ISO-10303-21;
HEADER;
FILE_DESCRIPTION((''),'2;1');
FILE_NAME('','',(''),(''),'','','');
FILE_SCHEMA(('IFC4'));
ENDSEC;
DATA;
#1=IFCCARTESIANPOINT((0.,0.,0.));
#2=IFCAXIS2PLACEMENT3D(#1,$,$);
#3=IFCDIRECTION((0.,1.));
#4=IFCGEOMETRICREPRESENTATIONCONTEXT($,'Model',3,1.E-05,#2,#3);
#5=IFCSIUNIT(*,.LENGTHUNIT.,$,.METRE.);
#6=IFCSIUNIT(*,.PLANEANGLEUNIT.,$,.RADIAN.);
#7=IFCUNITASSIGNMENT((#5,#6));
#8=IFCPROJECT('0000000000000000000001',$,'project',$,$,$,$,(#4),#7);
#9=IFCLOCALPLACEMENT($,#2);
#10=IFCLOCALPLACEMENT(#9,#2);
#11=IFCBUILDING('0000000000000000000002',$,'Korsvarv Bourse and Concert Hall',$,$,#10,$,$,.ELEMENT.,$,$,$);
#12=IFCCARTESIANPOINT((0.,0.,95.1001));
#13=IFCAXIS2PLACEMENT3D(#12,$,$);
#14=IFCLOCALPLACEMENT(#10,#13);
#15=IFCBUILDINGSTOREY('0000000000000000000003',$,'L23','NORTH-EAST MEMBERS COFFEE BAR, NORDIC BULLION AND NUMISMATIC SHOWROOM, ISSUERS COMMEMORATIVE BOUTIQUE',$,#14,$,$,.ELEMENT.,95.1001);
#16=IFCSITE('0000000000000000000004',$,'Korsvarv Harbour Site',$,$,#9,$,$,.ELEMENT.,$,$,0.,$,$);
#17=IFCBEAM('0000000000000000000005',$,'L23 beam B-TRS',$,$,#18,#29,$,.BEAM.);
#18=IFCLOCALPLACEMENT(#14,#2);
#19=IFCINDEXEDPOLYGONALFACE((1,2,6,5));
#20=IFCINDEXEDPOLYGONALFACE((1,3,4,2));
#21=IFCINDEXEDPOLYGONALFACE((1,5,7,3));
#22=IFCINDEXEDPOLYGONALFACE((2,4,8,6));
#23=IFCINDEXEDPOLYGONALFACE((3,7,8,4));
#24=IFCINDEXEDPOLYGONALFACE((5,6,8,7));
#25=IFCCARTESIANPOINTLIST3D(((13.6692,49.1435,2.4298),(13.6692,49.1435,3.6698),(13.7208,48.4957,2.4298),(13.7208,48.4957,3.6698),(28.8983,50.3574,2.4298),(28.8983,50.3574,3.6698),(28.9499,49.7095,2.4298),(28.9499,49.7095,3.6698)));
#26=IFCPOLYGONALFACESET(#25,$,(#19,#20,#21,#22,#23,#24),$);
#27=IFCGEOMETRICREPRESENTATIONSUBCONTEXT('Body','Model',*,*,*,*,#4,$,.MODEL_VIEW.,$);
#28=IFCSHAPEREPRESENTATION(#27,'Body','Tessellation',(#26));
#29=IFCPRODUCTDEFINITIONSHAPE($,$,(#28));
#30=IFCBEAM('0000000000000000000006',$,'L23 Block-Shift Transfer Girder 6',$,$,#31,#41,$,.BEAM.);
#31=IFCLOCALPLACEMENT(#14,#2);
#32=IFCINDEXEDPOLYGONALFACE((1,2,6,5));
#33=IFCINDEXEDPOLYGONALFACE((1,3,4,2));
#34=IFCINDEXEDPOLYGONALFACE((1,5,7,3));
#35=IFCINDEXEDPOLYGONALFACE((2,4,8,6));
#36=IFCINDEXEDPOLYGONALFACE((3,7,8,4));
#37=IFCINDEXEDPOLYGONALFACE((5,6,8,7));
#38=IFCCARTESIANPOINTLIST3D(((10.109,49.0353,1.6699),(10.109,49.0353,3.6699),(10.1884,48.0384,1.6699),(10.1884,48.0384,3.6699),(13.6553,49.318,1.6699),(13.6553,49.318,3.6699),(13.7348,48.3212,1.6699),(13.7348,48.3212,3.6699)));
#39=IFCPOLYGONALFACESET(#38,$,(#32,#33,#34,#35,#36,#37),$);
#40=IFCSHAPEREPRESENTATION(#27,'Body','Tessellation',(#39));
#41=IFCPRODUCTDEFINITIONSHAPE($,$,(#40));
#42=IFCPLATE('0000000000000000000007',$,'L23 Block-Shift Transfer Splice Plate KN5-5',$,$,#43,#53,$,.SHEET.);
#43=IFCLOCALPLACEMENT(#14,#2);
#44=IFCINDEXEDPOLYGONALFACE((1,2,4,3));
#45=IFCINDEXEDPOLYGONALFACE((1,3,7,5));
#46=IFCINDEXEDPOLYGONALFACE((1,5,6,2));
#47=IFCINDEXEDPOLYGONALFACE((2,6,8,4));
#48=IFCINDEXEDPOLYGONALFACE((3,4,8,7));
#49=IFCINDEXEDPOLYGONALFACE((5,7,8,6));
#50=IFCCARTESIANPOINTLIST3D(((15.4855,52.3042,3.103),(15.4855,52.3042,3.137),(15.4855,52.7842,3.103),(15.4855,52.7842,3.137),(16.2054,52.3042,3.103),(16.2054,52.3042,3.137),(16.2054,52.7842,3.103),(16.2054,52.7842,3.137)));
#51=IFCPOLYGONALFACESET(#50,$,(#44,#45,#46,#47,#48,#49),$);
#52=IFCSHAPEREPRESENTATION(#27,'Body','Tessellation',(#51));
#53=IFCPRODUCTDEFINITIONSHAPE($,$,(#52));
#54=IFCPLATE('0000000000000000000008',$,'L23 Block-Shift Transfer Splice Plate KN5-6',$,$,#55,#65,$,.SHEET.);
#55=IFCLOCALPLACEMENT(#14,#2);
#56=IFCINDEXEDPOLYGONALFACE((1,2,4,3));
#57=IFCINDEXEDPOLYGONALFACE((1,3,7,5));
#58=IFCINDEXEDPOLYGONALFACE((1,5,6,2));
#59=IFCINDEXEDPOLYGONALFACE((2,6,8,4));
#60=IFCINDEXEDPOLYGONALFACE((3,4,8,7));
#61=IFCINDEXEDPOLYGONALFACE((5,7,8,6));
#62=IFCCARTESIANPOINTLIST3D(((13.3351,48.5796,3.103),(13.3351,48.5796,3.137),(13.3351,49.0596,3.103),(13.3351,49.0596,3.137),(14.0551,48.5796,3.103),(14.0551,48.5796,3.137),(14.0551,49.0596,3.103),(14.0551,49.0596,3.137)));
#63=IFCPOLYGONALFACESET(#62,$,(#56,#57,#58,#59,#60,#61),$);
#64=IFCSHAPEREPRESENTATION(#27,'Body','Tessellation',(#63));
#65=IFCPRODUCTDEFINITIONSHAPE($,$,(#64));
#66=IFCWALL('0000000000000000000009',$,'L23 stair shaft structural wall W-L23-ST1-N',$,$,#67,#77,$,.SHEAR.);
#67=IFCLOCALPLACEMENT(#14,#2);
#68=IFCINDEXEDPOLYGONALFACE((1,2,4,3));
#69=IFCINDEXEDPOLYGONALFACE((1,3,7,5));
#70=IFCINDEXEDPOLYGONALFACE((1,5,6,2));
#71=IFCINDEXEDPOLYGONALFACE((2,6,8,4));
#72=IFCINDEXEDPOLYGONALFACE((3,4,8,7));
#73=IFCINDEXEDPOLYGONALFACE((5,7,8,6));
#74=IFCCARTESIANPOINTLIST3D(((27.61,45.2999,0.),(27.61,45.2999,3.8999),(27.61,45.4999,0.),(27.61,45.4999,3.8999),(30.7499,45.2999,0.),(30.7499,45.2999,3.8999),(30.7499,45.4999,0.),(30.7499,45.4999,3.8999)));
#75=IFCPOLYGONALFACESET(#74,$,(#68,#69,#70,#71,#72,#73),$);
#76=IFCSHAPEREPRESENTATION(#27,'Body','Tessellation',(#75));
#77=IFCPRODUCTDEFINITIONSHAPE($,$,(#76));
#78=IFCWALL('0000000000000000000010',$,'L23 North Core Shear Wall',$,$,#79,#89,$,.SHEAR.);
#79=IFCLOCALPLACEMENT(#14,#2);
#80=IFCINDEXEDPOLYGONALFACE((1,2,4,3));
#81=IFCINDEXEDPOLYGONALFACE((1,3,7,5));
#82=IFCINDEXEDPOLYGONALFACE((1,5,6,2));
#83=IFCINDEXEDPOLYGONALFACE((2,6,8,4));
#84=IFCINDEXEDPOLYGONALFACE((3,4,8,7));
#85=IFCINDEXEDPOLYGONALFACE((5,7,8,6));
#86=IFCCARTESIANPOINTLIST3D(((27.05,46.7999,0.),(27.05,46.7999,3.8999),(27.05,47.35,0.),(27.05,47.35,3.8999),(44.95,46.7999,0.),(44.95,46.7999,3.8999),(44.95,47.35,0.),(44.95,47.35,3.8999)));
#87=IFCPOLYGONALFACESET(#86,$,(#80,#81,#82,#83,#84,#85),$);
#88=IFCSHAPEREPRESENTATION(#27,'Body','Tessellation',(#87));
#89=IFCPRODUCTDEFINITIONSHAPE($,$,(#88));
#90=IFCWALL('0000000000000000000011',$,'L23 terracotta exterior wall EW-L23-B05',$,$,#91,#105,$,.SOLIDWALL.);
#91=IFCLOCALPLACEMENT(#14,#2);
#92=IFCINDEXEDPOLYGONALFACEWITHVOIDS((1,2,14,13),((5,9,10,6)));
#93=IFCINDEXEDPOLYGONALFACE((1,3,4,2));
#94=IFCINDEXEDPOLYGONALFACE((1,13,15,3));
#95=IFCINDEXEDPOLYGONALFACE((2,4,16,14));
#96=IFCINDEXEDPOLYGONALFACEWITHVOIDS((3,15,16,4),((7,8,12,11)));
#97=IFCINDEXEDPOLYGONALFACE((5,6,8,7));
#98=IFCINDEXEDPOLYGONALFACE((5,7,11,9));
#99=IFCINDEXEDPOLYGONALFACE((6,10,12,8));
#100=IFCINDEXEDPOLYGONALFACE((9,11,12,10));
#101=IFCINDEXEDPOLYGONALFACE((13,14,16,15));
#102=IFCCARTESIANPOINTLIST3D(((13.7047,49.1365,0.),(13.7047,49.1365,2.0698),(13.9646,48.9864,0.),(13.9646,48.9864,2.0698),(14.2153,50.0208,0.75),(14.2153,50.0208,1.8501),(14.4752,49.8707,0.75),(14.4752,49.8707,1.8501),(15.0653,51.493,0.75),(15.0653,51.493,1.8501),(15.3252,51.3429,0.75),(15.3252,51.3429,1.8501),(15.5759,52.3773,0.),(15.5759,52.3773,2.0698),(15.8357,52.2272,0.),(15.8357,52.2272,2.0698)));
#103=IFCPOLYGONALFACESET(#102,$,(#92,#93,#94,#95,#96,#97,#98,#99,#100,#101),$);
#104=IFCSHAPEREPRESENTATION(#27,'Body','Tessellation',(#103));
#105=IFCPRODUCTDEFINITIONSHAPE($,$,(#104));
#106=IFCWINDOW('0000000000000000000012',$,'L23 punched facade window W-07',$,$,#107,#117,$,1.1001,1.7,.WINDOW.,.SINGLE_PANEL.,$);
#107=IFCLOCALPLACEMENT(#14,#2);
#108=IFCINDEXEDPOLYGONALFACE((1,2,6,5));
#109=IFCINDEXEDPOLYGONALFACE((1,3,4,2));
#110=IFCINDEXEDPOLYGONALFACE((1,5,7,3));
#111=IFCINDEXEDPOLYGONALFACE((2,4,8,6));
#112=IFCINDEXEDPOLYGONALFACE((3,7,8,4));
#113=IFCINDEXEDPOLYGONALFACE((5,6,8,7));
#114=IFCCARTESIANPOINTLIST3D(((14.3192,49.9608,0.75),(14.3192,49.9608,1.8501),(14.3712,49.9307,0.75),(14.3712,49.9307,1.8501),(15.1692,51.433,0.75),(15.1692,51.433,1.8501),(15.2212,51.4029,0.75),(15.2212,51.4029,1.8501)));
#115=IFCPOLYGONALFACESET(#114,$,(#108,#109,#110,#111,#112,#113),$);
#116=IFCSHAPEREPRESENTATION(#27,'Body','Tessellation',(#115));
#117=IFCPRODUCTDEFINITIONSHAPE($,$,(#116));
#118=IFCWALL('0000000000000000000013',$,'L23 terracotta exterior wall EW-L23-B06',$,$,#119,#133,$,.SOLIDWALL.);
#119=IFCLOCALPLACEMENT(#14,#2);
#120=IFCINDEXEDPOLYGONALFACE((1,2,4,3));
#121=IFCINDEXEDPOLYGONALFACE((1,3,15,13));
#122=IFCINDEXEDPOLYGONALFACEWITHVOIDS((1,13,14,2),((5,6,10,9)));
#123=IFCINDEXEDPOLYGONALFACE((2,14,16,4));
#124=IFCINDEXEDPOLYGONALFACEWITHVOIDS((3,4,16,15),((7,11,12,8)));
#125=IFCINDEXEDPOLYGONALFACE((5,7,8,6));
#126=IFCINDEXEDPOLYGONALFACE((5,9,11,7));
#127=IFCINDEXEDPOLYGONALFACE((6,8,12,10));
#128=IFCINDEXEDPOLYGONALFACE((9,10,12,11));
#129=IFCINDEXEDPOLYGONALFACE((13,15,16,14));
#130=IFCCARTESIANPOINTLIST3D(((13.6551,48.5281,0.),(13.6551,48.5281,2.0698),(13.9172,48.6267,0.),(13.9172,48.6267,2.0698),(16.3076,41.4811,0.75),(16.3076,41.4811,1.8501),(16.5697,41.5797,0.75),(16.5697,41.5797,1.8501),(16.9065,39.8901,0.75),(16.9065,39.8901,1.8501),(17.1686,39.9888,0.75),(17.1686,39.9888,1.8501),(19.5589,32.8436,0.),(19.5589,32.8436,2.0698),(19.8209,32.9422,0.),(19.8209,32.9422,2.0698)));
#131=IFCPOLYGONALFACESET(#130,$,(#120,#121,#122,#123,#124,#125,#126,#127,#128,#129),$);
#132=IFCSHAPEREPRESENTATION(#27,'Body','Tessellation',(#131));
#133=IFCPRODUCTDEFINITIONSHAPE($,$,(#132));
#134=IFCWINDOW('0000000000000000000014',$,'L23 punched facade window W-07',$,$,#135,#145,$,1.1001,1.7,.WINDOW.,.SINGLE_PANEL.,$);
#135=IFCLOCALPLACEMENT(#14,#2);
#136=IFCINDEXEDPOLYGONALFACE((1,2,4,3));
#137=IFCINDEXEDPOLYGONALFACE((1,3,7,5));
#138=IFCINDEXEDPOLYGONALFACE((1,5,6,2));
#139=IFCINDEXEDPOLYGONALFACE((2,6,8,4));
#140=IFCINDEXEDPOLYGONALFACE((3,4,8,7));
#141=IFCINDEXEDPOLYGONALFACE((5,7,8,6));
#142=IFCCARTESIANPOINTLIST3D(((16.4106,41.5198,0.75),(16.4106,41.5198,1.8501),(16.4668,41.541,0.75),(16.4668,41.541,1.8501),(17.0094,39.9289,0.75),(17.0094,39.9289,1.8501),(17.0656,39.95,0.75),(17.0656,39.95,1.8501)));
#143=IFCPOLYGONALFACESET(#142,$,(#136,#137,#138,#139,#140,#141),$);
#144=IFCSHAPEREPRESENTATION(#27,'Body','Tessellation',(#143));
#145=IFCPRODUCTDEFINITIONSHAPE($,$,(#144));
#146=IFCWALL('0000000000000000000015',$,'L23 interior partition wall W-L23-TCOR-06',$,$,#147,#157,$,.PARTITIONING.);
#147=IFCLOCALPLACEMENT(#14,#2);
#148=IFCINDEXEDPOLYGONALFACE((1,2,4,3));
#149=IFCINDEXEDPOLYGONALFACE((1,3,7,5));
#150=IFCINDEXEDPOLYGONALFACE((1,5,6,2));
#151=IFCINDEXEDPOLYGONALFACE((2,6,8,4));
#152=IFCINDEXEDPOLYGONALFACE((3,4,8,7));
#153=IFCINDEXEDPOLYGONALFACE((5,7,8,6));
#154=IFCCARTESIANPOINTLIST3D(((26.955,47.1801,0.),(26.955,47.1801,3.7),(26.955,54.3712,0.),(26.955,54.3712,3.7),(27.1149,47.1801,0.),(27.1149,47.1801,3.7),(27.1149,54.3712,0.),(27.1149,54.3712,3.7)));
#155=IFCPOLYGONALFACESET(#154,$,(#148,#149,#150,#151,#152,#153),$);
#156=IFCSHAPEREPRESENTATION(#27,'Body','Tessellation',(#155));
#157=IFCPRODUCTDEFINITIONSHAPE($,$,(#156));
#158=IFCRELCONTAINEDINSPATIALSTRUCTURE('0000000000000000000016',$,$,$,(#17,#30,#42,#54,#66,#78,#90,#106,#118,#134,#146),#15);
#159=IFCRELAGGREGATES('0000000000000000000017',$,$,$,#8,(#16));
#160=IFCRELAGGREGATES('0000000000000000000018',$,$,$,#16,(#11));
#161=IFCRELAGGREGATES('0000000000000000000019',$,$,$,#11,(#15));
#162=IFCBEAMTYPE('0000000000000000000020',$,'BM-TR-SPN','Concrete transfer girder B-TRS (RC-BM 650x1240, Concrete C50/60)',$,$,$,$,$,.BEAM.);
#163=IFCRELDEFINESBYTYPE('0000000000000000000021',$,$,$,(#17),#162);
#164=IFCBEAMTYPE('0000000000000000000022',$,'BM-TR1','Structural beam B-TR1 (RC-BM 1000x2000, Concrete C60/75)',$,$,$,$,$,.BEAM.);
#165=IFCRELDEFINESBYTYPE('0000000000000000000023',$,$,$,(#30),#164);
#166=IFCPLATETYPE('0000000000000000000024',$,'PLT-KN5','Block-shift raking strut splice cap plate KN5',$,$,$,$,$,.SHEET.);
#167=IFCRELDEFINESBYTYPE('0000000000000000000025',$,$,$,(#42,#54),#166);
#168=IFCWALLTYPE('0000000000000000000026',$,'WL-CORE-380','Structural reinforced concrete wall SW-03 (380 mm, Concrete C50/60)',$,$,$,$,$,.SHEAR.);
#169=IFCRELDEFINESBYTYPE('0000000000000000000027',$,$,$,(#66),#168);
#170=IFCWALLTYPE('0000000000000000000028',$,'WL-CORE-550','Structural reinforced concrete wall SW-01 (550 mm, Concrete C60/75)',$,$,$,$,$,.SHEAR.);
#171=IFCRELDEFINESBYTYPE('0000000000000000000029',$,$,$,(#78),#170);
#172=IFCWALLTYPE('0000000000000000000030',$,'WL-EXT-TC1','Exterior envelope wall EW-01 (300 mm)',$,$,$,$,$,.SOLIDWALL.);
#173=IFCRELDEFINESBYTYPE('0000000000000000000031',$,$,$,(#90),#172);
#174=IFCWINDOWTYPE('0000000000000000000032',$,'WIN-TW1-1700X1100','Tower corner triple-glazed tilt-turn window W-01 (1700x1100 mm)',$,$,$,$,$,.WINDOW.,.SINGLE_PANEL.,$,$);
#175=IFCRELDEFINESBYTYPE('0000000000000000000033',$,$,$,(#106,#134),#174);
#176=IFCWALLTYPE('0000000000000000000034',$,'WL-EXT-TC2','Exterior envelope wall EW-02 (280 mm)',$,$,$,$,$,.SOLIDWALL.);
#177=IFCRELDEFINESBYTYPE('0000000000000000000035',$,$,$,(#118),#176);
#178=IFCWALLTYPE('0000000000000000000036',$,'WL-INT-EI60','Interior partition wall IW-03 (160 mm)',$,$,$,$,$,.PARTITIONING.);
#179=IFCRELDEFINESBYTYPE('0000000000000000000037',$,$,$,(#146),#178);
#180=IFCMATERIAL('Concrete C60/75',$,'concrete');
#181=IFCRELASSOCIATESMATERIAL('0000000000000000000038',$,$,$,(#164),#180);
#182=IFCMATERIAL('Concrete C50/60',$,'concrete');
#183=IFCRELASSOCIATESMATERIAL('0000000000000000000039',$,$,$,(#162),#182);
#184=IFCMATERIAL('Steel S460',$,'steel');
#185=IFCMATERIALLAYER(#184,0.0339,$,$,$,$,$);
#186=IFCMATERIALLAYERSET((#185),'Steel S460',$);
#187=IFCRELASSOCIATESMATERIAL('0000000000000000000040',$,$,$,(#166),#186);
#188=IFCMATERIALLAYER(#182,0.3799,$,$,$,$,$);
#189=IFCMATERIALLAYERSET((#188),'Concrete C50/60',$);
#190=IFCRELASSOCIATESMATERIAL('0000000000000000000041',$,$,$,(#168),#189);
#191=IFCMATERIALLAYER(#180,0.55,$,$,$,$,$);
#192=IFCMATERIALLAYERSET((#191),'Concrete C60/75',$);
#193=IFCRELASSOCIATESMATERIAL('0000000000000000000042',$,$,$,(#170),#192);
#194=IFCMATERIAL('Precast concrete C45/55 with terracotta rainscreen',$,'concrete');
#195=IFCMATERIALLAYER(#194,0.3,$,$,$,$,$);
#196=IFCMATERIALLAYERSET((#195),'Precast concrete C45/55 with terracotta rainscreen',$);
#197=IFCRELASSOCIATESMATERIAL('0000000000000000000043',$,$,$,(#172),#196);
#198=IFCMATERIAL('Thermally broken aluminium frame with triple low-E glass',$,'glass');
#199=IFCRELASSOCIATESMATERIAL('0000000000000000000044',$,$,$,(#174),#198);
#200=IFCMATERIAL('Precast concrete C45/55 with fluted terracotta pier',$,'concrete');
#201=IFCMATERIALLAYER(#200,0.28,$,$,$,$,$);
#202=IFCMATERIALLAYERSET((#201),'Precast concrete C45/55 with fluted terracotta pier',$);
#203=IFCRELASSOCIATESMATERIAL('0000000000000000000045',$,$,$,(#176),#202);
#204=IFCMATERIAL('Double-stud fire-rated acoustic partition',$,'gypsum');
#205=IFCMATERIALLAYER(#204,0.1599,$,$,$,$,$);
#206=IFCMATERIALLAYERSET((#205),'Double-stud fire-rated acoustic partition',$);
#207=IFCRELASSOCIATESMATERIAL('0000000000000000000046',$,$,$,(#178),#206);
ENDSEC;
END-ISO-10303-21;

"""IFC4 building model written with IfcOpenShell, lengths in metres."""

from ifc_helpers import new_model, si_unit, direction, frame, frame_2d, origin, origin_2d, place, context, subcontext, project, spatial, rectangle, extrude, source, transform, mapped, material, layer, layer_set, material_profile, profile_set, type_object, element, fill, save


model = new_model("IFC4")

# Units and contexts
model_context = context("Model", 3, precision=1e-05, world=origin(), true_north=direction((0.0, 1.0)))
body_context = subcontext(model_context, "Body", "Model", "MODEL_VIEW")
ifc_project = project(units=[si_unit("LENGTHUNIT", "METRE"), si_unit("PLANEANGLEUNIT", "RADIAN")], contexts=[model_context])

# Site, building, storey
site_placement = place(None, origin())
site = spatial("IfcSite", under=ifc_project, at=site_placement, Name="Korsvarv Harbour Site", CompositionType="ELEMENT", RefElevation=0.0)
building_placement = place(site_placement, origin())
building = spatial("IfcBuilding", under=site, at=building_placement, Name="Korsvarv Bourse and Concert Hall", CompositionType="ELEMENT")
storey_placement = place(building_placement, frame((0.0, 0.0, 95.1001)))
storey = spatial("IfcBuildingStorey", under=building, at=storey_placement, Name="L23", Description="NORTH-EAST MEMBERS COFFEE BAR, NORDIC BULLION AND NUMISMATIC SHOWROOM, ISSUERS COMMEMORATIVE BOUTIQUE", CompositionType="ELEMENT", Elevation=95.1001)

# Shared definitions
ifc_material_1 = material(Name="Concrete C60/75", Category="concrete")
ifc_material_2 = material(Name="Steel S460", Category="steel")

# Beams
ifc_material_3 = material(Name="Concrete C50/60", Category="concrete")
ifc_material_profile_1 = material_profile(ifc_material_1, rectangle(XDim=1.0, YDim=2.0, at=origin_2d()), Name="RC-BM 1000x2000")
ifc_profile_set_1 = profile_set([ifc_material_profile_1], Name="Concrete C60/75")
beam_type_1 = type_object("IfcBeamType", Name="BM-TR1", Description="Structural beam B-TR1 (RC-BM 1000x2000, Concrete C60/75)", PredefinedType="BEAM", material=ifc_profile_set_1)
ifc_material_profile_2 = material_profile(ifc_material_3, rectangle(XDim=0.6499, YDim=1.24, at=origin_2d()), Name="RC-BM 650x1240")
ifc_profile_set_2 = profile_set([ifc_material_profile_2], Name="Concrete C50/60")
beam_type_2 = type_object("IfcBeamType", Name="BM-TR-SPN", Description="Concrete transfer girder B-TRS (RC-BM 650x1240, Concrete C50/60)", PredefinedType="BEAM", material=ifc_profile_set_2)
shared_shape_1 = source(origin(), body_context, "Body", "SweptSolid", [
    extrude(rectangle(XDim=0.6499, YDim=1.24, at=origin_2d()), origin(), (0.0, 0.0, 1.0), 15.2773),
])
beam_1_placement = place(storey_placement, frame((28.9241, 50.0334, 3.0498), z_axis=(-0.996838, -0.079456, 0.0), x_axis=(0.079456, -0.996838, 0.0)))
element("IfcBeam", 1, at=beam_1_placement, inside=storey, type_object=beam_type_2, Name="L23 beam B-TRS", PredefinedType="BEAM", context=body_context, shape_type="MappedRepresentation", body=[
    mapped(shared_shape_1, transform((0.0, 0.0, 0.0), scale=1.0)),
])
shared_shape_2 = source(origin(), body_context, "Body", "SweptSolid", [
    extrude(rectangle(XDim=1.0, YDim=2.0, at=origin_2d()), origin(), (0.0, 0.0, 1.0), 3.5576),
])
beam_2_placement = place(storey_placement, frame((13.6951, 48.8196, 2.6699), z_axis=(-0.996837, -0.079467, 0.0), x_axis=(0.079467, -0.996837, 0.0)))
element("IfcBeam", 2, at=beam_2_placement, inside=storey, type_object=beam_type_1, Name="L23 Block-Shift Transfer Girder 6", PredefinedType="BEAM", context=body_context, shape_type="MappedRepresentation", body=[
    mapped(shared_shape_2, transform((0.0, 0.0, 0.0), scale=1.0)),
])

# Plates
ifc_layer_1 = layer(ifc_material_2, 0.0339)
ifc_layer_set_1 = layer_set([ifc_layer_1], Name="Steel S460")
plate_type = type_object("IfcPlateType", Name="PLT-KN5", Description="Block-shift raking strut splice cap plate KN5", PredefinedType="SHEET", material=ifc_layer_set_1)
shared_shape_3 = source(origin(), body_context, "Body", "SweptSolid", [
    extrude(rectangle(XDim=0.72, YDim=0.48, at=origin_2d()), origin(), (0.0, 0.0, 1.0), 0.0339),
])
for number, where, z_axis, x_axis, name in (
    (3, (15.8455, 52.5442, 3.103), (0.0, 0.0, 1.0), (1.0, 0.0, 0.0), "L23 Block-Shift Transfer Splice Plate KN5-5"),
    (4, (13.6951, 48.8196, 3.103), (0.0, 0.0, 1.0), (1.0, 0.0, 0.0), "L23 Block-Shift Transfer Splice Plate KN5-6"),
):
    element("IfcPlate", number, at=place(storey_placement, frame(where, z_axis=z_axis, x_axis=x_axis)), inside=storey, type_object=plate_type, Name=name, PredefinedType="SHEET", context=body_context, shape_type="MappedRepresentation", body=[
        mapped(shared_shape_3, transform((0.0, 0.0, 0.0), scale=1.0)),
    ])

# Walls
ifc_layer_2 = layer(ifc_material_3, 0.3799)
ifc_layer_set_2 = layer_set([ifc_layer_2], Name="Concrete C50/60")
wall_type_1 = type_object("IfcWallType", Name="WL-CORE-380", Description="Structural reinforced concrete wall SW-03 (380 mm, Concrete C50/60)", PredefinedType="SHEAR", material=ifc_layer_set_2)
wall_1_placement = place(storey_placement, frame((27.6101, 45.3999, 0.0), z_axis=(0.0, 0.0, 1.0), x_axis=(1.0, 0.0, 0.0)))
element("IfcWall", 5, at=wall_1_placement, inside=storey, type_object=wall_type_1, Name="L23 stair shaft structural wall W-L23-ST1-N", PredefinedType="SHEAR", context=body_context, shape_type="SweptSolid", body=[
    extrude(rectangle(XDim=3.1399, YDim=0.2, at=frame_2d((1.5698, 0.0))), origin(), (0.0, 0.0, 1.0), 3.8999),
])
ifc_layer_3 = layer(ifc_material_1, 0.55)
ifc_layer_set_3 = layer_set([ifc_layer_3], Name="Concrete C60/75")
wall_type_2 = type_object("IfcWallType", Name="WL-CORE-550", Description="Structural reinforced concrete wall SW-01 (550 mm, Concrete C60/75)", PredefinedType="SHEAR", material=ifc_layer_set_3)
wall_2_placement = place(storey_placement, frame((27.05, 47.075, 0.0), z_axis=(0.0, 0.0, 1.0), x_axis=(1.0, 0.0, 0.0)))
element("IfcWall", 6, at=wall_2_placement, inside=storey, type_object=wall_type_2, Name="L23 North Core Shear Wall", PredefinedType="SHEAR", context=body_context, shape_type="SweptSolid", body=[
    extrude(rectangle(XDim=17.8999, YDim=0.55, at=frame_2d((8.95, 0.0))), origin(), (0.0, 0.0, 1.0), 3.8999),
])

# Walls, openings, windows
ifc_material_4 = material(Name="Precast concrete C45/55 with terracotta rainscreen", Category="concrete")
ifc_layer_4 = layer(ifc_material_4, 0.3)
ifc_layer_set_4 = layer_set([ifc_layer_4], Name="Precast concrete C45/55 with terracotta rainscreen")
wall_type_3 = type_object("IfcWallType", Name="WL-EXT-TC1", Description="Exterior envelope wall EW-01 (300 mm)", PredefinedType="SOLIDWALL", material=ifc_layer_set_4)
wall_3_placement = place(storey_placement, frame((15.7058, 52.3022, 0.0), z_axis=(0.0, 0.0, 1.0), x_axis=(-0.500012, -0.866018, 0.0)))
wall_3 = element("IfcWall", 7, at=wall_3_placement, inside=storey, type_object=wall_type_3, Name="L23 terracotta exterior wall EW-L23-B05", PredefinedType="SOLIDWALL", context=body_context, shape_type="SweptSolid", body=[
    extrude(rectangle(XDim=3.7422, YDim=0.3, at=frame_2d((1.8711, 0.0))), origin(), (0.0, 0.0, 1.0), 2.0698),
])
opening_1_placement = place(wall_3_placement, frame((1.021, 0.0, 0.75)))
opening_1 = element("IfcOpeningElement", 8, at=opening_1_placement, cuts=wall_3, PredefinedType="OPENING", context=body_context, shape_type="SweptSolid", body=[
    extrude(rectangle(XDim=1.7, YDim=1.1001, at=frame_2d((0.8501, 0.55))), frame((0.0, 0.1602, 0.0), z_axis=(0.0, -1.0, 0.0), x_axis=(1.0, 0.0, 0.0)), (0.0, 0.0, 1.0), 0.3201),
])
ifc_material_5 = material(Name="Thermally broken aluminium frame with triple low-E glass", Category="glass")
window_type = type_object("IfcWindowType", Name="WIN-TW1-1700X1100", Description="Tower corner triple-glazed tilt-turn window W-01 (1700x1100 mm)", PartitioningType="SINGLE_PANEL", PredefinedType="WINDOW", material=ifc_material_5)
window_1_placement = place(opening_1_placement, origin())
window_1 = element("IfcWindow", 9, at=window_1_placement, inside=storey, type_object=window_type, Name="L23 punched facade window W-07", OverallHeight=1.1001, OverallWidth=1.7, PartitioningType="SINGLE_PANEL", PredefinedType="WINDOW", context=body_context, shape_type="SweptSolid", body=[
    extrude(rectangle(XDim=1.7, YDim=1.1001, at=frame_2d((0.8501, 0.55))), frame((0.0, 0.03, 0.0), z_axis=(0.0, -1.0, 0.0), x_axis=(1.0, 0.0, 0.0)), (0.0, 0.0, 1.0), 0.0601),
])
fill(opening_1, window_1)
ifc_material_6 = material(Name="Precast concrete C45/55 with fluted terracotta pier", Category="concrete")
ifc_layer_5 = layer(ifc_material_6, 0.28)
ifc_layer_set_5 = layer_set([ifc_layer_5], Name="Precast concrete C45/55 with fluted terracotta pier")
wall_type_4 = type_object("IfcWallType", Name="WL-EXT-TC2", Description="Exterior envelope wall EW-02 (280 mm)", PredefinedType="SOLIDWALL", material=ifc_layer_set_5)
wall_4_placement = place(storey_placement, frame((13.7861, 48.5774, 0.0), z_axis=(0.0, 0.0, 1.0), x_axis=(0.352279, -0.935895, 0.0)))
wall_4 = element("IfcWall", 10, at=wall_4_placement, inside=storey, type_object=wall_type_4, Name="L23 terracotta exterior wall EW-L23-B06", PredefinedType="SOLIDWALL", context=body_context, shape_type="SweptSolid", body=[
    extrude(rectangle(XDim=16.7588, YDim=0.28, at=frame_2d((8.3794, 0.0))), origin(), (0.0, 0.0, 1.0), 2.0698),
])
opening_2_placement = place(wall_4_placement, frame((7.5295, 0.0, 0.75)))
opening_2 = element("IfcOpeningElement", 11, at=opening_2_placement, cuts=wall_4, PredefinedType="OPENING", context=body_context, shape_type="SweptSolid", body=[
    extrude(rectangle(XDim=1.7, YDim=1.1001, at=frame_2d((0.8501, 0.55))), frame((0.0, 0.1499, 0.0), z_axis=(0.0, -1.0, 0.0), x_axis=(1.0, 0.0, 0.0)), (0.0, 0.0, 1.0), 0.3),
])
window_2_placement = place(opening_2_placement, origin())
window_2 = element("IfcWindow", 12, at=window_2_placement, inside=storey, type_object=window_type, Name="L23 punched facade window W-07", OverallHeight=1.1001, OverallWidth=1.7, PartitioningType="SINGLE_PANEL", PredefinedType="WINDOW", context=body_context, shape_type="SweptSolid", body=[
    extrude(rectangle(XDim=1.7, YDim=1.1001, at=frame_2d((0.8501, 0.55))), frame((0.0, 0.03, 0.0), z_axis=(0.0, -1.0, 0.0), x_axis=(1.0, 0.0, 0.0)), (0.0, 0.0, 1.0), 0.0601),
])
fill(opening_2, window_2)

# Wall
ifc_material_7 = material(Name="Double-stud fire-rated acoustic partition", Category="gypsum")
ifc_layer_6 = layer(ifc_material_7, 0.1599)
ifc_layer_set_6 = layer_set([ifc_layer_6], Name="Double-stud fire-rated acoustic partition")
wall_type_5 = type_object("IfcWallType", Name="WL-INT-EI60", Description="Interior partition wall IW-03 (160 mm)", PredefinedType="PARTITIONING", material=ifc_layer_set_6)
wall_5_placement = place(storey_placement, frame((27.0349, 47.1799, 0.0), z_axis=(0.0, 0.0, 1.0), x_axis=(0.0, 1.0, 0.0)))
element("IfcWall", 13, at=wall_5_placement, inside=storey, type_object=wall_type_5, Name="L23 interior partition wall W-L23-TCOR-06", PredefinedType="PARTITIONING", context=body_context, shape_type="SweptSolid", body=[
    extrude(rectangle(XDim=7.1912, YDim=0.1599, at=frame_2d((3.5957, 0.0))), origin(), (0.0, 0.0, 1.0), 3.7),
])

save(model, "model.ifc")
